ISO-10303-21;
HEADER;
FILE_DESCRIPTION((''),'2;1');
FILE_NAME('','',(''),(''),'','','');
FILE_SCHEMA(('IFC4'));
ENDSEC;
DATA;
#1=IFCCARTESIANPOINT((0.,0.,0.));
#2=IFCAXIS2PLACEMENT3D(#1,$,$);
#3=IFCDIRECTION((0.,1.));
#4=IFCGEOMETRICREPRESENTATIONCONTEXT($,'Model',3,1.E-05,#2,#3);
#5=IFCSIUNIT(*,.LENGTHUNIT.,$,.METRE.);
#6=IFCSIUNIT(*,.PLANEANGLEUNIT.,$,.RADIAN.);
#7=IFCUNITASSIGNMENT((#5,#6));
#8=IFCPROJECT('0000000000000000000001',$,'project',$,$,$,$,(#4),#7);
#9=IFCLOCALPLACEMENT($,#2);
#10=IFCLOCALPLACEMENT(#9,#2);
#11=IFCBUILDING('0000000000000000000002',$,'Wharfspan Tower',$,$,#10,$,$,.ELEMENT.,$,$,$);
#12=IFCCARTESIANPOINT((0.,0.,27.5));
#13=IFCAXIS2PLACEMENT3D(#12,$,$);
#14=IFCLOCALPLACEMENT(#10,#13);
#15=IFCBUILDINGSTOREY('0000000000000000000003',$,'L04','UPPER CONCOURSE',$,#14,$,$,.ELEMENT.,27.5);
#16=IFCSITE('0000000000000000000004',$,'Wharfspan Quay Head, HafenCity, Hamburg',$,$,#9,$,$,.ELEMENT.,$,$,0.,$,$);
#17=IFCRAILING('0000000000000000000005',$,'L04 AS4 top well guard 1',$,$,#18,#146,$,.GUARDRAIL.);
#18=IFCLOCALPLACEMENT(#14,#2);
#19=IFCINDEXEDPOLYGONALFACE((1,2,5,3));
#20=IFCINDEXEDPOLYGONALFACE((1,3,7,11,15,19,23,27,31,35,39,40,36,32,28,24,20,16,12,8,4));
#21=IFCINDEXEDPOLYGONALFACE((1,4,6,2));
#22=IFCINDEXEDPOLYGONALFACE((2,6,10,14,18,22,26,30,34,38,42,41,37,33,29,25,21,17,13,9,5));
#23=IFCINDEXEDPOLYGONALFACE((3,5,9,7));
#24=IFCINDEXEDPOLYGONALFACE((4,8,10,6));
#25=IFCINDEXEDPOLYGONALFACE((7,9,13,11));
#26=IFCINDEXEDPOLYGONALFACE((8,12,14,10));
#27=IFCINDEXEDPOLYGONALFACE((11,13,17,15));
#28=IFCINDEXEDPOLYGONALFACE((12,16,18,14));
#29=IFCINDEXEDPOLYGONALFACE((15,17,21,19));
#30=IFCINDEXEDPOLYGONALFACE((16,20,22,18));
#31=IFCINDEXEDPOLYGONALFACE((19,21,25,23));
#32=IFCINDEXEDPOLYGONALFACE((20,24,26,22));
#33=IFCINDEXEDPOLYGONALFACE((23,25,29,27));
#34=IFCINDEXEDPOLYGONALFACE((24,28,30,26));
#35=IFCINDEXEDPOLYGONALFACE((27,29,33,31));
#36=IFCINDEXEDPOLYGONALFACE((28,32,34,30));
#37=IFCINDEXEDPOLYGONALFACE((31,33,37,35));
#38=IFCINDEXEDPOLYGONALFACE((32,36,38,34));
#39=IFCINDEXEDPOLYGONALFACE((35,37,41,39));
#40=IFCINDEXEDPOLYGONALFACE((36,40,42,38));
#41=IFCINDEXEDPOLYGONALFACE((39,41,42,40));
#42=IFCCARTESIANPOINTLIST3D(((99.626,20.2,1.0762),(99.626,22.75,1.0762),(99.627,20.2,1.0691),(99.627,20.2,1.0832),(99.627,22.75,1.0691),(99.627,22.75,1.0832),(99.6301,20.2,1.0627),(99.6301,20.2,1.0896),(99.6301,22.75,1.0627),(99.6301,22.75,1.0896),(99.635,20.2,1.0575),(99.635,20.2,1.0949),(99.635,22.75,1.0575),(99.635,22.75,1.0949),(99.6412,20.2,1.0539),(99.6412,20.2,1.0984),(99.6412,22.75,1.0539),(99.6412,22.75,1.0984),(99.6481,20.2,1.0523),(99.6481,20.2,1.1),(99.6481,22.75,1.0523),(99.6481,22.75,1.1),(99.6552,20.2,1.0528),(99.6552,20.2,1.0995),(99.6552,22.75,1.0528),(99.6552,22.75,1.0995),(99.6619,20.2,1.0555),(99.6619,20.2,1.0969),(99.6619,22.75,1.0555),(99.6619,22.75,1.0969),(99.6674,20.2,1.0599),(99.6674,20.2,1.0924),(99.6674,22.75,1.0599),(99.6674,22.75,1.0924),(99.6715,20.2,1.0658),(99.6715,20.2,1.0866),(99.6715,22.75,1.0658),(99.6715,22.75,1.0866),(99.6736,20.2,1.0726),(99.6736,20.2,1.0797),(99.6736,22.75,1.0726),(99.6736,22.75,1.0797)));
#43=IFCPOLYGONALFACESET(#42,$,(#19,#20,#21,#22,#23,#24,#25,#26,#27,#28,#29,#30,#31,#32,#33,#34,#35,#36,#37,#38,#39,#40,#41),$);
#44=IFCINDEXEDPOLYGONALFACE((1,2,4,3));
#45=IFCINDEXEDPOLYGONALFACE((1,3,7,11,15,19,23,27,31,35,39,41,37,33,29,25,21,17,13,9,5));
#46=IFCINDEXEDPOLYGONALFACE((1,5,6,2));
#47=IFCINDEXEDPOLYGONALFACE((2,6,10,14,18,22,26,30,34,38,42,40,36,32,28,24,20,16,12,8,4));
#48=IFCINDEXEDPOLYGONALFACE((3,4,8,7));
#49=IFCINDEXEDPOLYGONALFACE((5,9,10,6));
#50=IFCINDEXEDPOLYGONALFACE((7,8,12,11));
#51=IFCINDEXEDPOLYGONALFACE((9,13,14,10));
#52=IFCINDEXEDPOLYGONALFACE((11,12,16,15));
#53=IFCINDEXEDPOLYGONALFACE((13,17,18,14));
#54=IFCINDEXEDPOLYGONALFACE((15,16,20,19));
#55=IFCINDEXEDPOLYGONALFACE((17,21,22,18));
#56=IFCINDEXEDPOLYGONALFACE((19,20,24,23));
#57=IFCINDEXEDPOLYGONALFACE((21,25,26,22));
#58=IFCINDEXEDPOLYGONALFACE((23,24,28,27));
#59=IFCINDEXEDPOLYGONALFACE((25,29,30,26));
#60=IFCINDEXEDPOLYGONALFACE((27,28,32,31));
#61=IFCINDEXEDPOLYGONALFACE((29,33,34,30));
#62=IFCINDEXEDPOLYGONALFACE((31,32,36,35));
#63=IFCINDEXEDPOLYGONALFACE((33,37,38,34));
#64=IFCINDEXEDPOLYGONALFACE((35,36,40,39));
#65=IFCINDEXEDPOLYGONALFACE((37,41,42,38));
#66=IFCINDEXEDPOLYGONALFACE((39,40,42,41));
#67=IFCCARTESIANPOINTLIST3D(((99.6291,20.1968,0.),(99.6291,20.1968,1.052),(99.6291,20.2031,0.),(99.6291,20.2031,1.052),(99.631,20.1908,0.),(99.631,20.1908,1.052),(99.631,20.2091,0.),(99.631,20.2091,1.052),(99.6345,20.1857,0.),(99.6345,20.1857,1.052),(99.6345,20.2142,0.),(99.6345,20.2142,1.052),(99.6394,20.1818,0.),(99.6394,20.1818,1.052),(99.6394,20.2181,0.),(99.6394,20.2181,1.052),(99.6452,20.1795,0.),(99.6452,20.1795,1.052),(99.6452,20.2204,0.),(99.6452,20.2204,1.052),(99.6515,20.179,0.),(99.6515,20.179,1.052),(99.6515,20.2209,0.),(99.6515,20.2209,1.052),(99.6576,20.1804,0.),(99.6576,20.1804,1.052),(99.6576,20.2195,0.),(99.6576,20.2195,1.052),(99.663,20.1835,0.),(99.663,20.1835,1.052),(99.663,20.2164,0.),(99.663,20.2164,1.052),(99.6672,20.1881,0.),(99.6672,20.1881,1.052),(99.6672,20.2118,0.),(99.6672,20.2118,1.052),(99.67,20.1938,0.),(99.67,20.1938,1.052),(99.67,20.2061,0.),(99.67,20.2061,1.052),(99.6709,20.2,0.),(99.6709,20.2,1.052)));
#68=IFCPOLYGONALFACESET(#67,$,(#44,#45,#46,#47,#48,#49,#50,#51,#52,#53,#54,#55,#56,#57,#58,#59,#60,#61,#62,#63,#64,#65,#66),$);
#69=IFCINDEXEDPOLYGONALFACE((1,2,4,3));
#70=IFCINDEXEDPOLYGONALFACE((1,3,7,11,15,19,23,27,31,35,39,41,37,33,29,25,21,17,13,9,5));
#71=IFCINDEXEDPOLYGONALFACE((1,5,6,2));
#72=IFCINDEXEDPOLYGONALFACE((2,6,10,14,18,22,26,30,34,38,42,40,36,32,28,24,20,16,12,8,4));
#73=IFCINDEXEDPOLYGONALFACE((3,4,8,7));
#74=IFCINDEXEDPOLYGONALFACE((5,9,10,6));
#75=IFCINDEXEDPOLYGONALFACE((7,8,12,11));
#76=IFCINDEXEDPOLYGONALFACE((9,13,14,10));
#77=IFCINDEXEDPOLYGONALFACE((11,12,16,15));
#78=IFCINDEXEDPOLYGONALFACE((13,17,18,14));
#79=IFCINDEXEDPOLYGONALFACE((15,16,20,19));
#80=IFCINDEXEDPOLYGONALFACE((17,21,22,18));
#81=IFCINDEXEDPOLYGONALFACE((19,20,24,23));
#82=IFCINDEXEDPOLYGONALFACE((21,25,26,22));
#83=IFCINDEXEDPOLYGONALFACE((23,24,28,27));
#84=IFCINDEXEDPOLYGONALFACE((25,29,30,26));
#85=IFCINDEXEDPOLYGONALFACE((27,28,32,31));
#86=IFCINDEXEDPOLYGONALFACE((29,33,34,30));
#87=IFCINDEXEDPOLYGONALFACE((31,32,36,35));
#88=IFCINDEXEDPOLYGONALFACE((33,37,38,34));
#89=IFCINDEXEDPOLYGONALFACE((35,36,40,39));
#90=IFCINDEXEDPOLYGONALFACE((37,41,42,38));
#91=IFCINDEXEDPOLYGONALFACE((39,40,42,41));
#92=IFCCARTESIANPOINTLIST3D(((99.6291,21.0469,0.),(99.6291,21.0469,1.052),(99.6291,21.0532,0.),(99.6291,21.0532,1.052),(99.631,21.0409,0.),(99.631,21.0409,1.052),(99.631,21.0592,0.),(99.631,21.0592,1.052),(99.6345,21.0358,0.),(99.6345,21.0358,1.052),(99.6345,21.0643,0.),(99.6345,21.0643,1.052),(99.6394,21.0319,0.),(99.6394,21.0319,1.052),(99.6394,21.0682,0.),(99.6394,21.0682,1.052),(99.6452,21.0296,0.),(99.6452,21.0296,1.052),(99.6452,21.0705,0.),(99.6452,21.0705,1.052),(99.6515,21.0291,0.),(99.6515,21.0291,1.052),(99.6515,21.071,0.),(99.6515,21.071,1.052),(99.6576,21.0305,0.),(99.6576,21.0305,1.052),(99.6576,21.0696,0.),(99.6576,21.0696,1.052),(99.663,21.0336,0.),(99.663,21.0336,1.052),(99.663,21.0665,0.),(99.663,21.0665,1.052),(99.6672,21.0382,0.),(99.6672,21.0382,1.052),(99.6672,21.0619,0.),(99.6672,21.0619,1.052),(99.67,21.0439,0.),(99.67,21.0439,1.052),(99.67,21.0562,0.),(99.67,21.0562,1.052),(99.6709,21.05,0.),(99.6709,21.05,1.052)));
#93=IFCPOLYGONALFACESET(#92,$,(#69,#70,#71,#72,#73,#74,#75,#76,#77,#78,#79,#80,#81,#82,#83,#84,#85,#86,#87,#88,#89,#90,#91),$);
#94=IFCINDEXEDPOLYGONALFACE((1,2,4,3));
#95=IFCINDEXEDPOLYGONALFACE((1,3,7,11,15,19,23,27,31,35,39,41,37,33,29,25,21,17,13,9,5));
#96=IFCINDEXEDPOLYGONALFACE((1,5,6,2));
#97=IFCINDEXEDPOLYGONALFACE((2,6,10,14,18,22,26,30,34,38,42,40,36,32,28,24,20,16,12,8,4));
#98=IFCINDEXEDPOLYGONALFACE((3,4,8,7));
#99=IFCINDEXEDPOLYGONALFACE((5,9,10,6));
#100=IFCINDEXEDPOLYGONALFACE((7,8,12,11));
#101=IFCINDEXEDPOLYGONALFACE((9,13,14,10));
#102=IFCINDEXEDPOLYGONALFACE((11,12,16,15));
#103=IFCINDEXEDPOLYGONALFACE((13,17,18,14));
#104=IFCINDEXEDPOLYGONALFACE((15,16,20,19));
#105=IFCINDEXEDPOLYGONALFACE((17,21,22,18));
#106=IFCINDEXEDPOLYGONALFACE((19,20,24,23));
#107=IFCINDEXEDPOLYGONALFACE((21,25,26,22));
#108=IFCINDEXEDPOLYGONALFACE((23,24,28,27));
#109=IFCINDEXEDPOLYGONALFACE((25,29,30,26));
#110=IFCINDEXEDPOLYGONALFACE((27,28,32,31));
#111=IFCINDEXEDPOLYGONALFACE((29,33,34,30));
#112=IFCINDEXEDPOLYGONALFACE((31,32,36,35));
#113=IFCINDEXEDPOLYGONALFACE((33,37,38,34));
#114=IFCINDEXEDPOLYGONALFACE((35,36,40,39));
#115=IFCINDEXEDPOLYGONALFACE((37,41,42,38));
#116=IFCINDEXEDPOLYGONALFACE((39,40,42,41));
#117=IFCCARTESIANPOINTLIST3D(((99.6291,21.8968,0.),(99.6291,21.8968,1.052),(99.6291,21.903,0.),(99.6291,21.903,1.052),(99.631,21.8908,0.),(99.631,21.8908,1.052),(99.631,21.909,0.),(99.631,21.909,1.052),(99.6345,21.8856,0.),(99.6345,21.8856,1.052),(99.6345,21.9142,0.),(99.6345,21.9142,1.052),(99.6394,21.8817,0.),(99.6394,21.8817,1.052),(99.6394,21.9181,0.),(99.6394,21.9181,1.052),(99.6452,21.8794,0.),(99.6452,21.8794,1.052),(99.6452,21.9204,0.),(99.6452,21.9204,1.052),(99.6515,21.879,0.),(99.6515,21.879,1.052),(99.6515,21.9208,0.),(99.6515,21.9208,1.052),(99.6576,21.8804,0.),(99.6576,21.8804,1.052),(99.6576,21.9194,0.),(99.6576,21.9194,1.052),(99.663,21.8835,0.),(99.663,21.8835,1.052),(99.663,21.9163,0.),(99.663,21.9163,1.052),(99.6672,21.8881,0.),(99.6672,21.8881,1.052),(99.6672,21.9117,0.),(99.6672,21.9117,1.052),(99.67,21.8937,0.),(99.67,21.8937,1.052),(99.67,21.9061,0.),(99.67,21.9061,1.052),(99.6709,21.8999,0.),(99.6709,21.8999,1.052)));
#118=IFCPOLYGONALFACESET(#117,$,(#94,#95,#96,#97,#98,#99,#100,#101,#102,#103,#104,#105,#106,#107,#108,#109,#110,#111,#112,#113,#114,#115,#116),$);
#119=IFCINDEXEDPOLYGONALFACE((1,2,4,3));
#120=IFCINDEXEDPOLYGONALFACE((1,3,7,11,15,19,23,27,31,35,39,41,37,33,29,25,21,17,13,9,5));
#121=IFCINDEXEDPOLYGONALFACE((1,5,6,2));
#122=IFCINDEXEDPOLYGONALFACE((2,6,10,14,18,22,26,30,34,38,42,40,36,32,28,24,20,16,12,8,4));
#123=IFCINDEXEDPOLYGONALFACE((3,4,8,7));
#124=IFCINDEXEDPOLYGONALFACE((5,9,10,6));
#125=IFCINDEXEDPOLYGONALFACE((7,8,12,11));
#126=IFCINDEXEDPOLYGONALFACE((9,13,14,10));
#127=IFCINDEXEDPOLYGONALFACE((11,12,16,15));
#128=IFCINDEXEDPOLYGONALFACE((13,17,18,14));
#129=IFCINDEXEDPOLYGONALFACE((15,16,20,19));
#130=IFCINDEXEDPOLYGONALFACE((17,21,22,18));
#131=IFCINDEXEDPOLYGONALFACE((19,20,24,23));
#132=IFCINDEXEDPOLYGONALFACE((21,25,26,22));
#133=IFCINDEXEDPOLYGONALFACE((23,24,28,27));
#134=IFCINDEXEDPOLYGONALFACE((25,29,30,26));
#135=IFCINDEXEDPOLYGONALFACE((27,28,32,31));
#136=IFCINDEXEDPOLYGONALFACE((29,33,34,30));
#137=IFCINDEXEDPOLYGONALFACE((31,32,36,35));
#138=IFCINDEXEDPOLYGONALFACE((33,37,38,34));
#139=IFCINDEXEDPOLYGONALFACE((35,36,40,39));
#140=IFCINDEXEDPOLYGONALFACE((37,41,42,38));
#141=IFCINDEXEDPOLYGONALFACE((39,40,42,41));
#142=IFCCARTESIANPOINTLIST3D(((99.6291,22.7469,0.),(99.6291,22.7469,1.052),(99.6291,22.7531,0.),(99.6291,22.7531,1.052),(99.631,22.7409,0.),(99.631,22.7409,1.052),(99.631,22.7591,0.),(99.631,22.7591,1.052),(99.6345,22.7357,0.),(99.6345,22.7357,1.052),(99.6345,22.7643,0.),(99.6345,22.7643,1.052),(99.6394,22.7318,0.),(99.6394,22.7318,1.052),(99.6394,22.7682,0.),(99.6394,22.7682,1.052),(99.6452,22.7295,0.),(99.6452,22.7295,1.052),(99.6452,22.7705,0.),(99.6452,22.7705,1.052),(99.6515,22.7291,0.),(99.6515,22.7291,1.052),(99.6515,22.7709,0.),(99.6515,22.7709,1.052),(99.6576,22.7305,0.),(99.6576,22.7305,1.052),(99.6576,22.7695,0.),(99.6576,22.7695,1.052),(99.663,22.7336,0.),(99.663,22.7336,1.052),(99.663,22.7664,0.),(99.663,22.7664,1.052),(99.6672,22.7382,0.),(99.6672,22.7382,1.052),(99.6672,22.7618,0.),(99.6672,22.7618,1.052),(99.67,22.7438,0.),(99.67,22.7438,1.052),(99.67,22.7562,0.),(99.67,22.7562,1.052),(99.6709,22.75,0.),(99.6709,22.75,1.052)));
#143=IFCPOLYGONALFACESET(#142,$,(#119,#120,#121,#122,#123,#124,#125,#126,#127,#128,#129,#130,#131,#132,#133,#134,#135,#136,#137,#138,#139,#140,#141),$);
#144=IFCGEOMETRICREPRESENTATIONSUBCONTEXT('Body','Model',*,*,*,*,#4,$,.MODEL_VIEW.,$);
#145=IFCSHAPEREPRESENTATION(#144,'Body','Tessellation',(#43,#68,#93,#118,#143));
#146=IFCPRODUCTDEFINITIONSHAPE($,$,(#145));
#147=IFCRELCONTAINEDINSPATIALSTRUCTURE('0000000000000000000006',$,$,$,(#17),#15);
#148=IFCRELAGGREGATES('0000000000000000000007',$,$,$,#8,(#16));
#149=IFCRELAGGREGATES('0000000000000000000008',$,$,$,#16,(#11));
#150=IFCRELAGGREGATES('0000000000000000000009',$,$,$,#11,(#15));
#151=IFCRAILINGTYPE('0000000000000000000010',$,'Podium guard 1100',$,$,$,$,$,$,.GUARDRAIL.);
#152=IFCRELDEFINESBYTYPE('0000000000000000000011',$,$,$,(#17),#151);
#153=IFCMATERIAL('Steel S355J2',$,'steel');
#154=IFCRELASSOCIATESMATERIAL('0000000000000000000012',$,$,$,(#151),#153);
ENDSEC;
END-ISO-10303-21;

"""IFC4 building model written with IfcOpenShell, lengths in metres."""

from ifc_helpers import new_model, si_unit, direction, frame, origin, origin_2d, place, context, subcontext, project, spatial, circle, extrude, material, type_object, element, save


model = new_model("IFC4")

# Units and contexts
model_context = context("Model", 3, precision=1e-05, world=origin(), true_north=direction((0.0, 1.0)))
body_context = subcontext(model_context, "Body", "Model", "MODEL_VIEW")
ifc_project = project(units=[si_unit("LENGTHUNIT", "METRE"), si_unit("PLANEANGLEUNIT", "RADIAN")], contexts=[model_context])

# Site, building, storey
site_placement = place(None, origin())
site = spatial("IfcSite", under=ifc_project, at=site_placement, Name="Wharfspan Quay Head, HafenCity, Hamburg", CompositionType="ELEMENT", RefElevation=0.0)
building_placement = place(site_placement, origin())
building = spatial("IfcBuilding", under=site, at=building_placement, Name="Wharfspan Tower", CompositionType="ELEMENT")
storey_placement = place(building_placement, frame((0.0, 0.0, 27.5)))
storey = spatial("IfcBuildingStorey", under=building, at=storey_placement, Name="L04", Description="UPPER CONCOURSE", CompositionType="ELEMENT", Elevation=27.5)

# Railing
ifc_material_1 = material(Name="Steel S355J2", Category="steel")
railing_type = type_object("IfcRailingType", Name="Podium guard 1100", PredefinedType="GUARDRAIL", material=ifc_material_1)
for number, where, name in (
    (1, (99.6499, 20.2, 0.0), "L04 AS4 top well guard 1"),
):
    element("IfcRailing", number, at=place(storey_placement, frame(where)), inside=storey, type_object=railing_type, Name=name, PredefinedType="GUARDRAIL", context=body_context, shape_type="SweptSolid", body=[
        extrude(circle(Radius=0.0239, at=origin_2d()), frame((0.0, 0.0, 1.0762), z_axis=(0.0, 1.0, 0.0), x_axis=(-1.0, 0.0, 0.0)), (0.0, 0.0, 1.0), 2.55),
        extrude(circle(Radius=0.021, at=origin_2d()), origin(), (0.0, 0.0, 1.0), 1.052),
        extrude(circle(Radius=0.021, at=origin_2d()), frame((0.0, 0.8501, 0.0)), (0.0, 0.0, 1.0), 1.052),
        extrude(circle(Radius=0.021, at=origin_2d()), frame((0.0, 1.7, 0.0)), (0.0, 0.0, 1.0), 1.052),
        extrude(circle(Radius=0.021, at=origin_2d()), frame((0.0, 2.55, 0.0)), (0.0, 0.0, 1.0), 1.052),
    ])

save(model, "model.ifc")
